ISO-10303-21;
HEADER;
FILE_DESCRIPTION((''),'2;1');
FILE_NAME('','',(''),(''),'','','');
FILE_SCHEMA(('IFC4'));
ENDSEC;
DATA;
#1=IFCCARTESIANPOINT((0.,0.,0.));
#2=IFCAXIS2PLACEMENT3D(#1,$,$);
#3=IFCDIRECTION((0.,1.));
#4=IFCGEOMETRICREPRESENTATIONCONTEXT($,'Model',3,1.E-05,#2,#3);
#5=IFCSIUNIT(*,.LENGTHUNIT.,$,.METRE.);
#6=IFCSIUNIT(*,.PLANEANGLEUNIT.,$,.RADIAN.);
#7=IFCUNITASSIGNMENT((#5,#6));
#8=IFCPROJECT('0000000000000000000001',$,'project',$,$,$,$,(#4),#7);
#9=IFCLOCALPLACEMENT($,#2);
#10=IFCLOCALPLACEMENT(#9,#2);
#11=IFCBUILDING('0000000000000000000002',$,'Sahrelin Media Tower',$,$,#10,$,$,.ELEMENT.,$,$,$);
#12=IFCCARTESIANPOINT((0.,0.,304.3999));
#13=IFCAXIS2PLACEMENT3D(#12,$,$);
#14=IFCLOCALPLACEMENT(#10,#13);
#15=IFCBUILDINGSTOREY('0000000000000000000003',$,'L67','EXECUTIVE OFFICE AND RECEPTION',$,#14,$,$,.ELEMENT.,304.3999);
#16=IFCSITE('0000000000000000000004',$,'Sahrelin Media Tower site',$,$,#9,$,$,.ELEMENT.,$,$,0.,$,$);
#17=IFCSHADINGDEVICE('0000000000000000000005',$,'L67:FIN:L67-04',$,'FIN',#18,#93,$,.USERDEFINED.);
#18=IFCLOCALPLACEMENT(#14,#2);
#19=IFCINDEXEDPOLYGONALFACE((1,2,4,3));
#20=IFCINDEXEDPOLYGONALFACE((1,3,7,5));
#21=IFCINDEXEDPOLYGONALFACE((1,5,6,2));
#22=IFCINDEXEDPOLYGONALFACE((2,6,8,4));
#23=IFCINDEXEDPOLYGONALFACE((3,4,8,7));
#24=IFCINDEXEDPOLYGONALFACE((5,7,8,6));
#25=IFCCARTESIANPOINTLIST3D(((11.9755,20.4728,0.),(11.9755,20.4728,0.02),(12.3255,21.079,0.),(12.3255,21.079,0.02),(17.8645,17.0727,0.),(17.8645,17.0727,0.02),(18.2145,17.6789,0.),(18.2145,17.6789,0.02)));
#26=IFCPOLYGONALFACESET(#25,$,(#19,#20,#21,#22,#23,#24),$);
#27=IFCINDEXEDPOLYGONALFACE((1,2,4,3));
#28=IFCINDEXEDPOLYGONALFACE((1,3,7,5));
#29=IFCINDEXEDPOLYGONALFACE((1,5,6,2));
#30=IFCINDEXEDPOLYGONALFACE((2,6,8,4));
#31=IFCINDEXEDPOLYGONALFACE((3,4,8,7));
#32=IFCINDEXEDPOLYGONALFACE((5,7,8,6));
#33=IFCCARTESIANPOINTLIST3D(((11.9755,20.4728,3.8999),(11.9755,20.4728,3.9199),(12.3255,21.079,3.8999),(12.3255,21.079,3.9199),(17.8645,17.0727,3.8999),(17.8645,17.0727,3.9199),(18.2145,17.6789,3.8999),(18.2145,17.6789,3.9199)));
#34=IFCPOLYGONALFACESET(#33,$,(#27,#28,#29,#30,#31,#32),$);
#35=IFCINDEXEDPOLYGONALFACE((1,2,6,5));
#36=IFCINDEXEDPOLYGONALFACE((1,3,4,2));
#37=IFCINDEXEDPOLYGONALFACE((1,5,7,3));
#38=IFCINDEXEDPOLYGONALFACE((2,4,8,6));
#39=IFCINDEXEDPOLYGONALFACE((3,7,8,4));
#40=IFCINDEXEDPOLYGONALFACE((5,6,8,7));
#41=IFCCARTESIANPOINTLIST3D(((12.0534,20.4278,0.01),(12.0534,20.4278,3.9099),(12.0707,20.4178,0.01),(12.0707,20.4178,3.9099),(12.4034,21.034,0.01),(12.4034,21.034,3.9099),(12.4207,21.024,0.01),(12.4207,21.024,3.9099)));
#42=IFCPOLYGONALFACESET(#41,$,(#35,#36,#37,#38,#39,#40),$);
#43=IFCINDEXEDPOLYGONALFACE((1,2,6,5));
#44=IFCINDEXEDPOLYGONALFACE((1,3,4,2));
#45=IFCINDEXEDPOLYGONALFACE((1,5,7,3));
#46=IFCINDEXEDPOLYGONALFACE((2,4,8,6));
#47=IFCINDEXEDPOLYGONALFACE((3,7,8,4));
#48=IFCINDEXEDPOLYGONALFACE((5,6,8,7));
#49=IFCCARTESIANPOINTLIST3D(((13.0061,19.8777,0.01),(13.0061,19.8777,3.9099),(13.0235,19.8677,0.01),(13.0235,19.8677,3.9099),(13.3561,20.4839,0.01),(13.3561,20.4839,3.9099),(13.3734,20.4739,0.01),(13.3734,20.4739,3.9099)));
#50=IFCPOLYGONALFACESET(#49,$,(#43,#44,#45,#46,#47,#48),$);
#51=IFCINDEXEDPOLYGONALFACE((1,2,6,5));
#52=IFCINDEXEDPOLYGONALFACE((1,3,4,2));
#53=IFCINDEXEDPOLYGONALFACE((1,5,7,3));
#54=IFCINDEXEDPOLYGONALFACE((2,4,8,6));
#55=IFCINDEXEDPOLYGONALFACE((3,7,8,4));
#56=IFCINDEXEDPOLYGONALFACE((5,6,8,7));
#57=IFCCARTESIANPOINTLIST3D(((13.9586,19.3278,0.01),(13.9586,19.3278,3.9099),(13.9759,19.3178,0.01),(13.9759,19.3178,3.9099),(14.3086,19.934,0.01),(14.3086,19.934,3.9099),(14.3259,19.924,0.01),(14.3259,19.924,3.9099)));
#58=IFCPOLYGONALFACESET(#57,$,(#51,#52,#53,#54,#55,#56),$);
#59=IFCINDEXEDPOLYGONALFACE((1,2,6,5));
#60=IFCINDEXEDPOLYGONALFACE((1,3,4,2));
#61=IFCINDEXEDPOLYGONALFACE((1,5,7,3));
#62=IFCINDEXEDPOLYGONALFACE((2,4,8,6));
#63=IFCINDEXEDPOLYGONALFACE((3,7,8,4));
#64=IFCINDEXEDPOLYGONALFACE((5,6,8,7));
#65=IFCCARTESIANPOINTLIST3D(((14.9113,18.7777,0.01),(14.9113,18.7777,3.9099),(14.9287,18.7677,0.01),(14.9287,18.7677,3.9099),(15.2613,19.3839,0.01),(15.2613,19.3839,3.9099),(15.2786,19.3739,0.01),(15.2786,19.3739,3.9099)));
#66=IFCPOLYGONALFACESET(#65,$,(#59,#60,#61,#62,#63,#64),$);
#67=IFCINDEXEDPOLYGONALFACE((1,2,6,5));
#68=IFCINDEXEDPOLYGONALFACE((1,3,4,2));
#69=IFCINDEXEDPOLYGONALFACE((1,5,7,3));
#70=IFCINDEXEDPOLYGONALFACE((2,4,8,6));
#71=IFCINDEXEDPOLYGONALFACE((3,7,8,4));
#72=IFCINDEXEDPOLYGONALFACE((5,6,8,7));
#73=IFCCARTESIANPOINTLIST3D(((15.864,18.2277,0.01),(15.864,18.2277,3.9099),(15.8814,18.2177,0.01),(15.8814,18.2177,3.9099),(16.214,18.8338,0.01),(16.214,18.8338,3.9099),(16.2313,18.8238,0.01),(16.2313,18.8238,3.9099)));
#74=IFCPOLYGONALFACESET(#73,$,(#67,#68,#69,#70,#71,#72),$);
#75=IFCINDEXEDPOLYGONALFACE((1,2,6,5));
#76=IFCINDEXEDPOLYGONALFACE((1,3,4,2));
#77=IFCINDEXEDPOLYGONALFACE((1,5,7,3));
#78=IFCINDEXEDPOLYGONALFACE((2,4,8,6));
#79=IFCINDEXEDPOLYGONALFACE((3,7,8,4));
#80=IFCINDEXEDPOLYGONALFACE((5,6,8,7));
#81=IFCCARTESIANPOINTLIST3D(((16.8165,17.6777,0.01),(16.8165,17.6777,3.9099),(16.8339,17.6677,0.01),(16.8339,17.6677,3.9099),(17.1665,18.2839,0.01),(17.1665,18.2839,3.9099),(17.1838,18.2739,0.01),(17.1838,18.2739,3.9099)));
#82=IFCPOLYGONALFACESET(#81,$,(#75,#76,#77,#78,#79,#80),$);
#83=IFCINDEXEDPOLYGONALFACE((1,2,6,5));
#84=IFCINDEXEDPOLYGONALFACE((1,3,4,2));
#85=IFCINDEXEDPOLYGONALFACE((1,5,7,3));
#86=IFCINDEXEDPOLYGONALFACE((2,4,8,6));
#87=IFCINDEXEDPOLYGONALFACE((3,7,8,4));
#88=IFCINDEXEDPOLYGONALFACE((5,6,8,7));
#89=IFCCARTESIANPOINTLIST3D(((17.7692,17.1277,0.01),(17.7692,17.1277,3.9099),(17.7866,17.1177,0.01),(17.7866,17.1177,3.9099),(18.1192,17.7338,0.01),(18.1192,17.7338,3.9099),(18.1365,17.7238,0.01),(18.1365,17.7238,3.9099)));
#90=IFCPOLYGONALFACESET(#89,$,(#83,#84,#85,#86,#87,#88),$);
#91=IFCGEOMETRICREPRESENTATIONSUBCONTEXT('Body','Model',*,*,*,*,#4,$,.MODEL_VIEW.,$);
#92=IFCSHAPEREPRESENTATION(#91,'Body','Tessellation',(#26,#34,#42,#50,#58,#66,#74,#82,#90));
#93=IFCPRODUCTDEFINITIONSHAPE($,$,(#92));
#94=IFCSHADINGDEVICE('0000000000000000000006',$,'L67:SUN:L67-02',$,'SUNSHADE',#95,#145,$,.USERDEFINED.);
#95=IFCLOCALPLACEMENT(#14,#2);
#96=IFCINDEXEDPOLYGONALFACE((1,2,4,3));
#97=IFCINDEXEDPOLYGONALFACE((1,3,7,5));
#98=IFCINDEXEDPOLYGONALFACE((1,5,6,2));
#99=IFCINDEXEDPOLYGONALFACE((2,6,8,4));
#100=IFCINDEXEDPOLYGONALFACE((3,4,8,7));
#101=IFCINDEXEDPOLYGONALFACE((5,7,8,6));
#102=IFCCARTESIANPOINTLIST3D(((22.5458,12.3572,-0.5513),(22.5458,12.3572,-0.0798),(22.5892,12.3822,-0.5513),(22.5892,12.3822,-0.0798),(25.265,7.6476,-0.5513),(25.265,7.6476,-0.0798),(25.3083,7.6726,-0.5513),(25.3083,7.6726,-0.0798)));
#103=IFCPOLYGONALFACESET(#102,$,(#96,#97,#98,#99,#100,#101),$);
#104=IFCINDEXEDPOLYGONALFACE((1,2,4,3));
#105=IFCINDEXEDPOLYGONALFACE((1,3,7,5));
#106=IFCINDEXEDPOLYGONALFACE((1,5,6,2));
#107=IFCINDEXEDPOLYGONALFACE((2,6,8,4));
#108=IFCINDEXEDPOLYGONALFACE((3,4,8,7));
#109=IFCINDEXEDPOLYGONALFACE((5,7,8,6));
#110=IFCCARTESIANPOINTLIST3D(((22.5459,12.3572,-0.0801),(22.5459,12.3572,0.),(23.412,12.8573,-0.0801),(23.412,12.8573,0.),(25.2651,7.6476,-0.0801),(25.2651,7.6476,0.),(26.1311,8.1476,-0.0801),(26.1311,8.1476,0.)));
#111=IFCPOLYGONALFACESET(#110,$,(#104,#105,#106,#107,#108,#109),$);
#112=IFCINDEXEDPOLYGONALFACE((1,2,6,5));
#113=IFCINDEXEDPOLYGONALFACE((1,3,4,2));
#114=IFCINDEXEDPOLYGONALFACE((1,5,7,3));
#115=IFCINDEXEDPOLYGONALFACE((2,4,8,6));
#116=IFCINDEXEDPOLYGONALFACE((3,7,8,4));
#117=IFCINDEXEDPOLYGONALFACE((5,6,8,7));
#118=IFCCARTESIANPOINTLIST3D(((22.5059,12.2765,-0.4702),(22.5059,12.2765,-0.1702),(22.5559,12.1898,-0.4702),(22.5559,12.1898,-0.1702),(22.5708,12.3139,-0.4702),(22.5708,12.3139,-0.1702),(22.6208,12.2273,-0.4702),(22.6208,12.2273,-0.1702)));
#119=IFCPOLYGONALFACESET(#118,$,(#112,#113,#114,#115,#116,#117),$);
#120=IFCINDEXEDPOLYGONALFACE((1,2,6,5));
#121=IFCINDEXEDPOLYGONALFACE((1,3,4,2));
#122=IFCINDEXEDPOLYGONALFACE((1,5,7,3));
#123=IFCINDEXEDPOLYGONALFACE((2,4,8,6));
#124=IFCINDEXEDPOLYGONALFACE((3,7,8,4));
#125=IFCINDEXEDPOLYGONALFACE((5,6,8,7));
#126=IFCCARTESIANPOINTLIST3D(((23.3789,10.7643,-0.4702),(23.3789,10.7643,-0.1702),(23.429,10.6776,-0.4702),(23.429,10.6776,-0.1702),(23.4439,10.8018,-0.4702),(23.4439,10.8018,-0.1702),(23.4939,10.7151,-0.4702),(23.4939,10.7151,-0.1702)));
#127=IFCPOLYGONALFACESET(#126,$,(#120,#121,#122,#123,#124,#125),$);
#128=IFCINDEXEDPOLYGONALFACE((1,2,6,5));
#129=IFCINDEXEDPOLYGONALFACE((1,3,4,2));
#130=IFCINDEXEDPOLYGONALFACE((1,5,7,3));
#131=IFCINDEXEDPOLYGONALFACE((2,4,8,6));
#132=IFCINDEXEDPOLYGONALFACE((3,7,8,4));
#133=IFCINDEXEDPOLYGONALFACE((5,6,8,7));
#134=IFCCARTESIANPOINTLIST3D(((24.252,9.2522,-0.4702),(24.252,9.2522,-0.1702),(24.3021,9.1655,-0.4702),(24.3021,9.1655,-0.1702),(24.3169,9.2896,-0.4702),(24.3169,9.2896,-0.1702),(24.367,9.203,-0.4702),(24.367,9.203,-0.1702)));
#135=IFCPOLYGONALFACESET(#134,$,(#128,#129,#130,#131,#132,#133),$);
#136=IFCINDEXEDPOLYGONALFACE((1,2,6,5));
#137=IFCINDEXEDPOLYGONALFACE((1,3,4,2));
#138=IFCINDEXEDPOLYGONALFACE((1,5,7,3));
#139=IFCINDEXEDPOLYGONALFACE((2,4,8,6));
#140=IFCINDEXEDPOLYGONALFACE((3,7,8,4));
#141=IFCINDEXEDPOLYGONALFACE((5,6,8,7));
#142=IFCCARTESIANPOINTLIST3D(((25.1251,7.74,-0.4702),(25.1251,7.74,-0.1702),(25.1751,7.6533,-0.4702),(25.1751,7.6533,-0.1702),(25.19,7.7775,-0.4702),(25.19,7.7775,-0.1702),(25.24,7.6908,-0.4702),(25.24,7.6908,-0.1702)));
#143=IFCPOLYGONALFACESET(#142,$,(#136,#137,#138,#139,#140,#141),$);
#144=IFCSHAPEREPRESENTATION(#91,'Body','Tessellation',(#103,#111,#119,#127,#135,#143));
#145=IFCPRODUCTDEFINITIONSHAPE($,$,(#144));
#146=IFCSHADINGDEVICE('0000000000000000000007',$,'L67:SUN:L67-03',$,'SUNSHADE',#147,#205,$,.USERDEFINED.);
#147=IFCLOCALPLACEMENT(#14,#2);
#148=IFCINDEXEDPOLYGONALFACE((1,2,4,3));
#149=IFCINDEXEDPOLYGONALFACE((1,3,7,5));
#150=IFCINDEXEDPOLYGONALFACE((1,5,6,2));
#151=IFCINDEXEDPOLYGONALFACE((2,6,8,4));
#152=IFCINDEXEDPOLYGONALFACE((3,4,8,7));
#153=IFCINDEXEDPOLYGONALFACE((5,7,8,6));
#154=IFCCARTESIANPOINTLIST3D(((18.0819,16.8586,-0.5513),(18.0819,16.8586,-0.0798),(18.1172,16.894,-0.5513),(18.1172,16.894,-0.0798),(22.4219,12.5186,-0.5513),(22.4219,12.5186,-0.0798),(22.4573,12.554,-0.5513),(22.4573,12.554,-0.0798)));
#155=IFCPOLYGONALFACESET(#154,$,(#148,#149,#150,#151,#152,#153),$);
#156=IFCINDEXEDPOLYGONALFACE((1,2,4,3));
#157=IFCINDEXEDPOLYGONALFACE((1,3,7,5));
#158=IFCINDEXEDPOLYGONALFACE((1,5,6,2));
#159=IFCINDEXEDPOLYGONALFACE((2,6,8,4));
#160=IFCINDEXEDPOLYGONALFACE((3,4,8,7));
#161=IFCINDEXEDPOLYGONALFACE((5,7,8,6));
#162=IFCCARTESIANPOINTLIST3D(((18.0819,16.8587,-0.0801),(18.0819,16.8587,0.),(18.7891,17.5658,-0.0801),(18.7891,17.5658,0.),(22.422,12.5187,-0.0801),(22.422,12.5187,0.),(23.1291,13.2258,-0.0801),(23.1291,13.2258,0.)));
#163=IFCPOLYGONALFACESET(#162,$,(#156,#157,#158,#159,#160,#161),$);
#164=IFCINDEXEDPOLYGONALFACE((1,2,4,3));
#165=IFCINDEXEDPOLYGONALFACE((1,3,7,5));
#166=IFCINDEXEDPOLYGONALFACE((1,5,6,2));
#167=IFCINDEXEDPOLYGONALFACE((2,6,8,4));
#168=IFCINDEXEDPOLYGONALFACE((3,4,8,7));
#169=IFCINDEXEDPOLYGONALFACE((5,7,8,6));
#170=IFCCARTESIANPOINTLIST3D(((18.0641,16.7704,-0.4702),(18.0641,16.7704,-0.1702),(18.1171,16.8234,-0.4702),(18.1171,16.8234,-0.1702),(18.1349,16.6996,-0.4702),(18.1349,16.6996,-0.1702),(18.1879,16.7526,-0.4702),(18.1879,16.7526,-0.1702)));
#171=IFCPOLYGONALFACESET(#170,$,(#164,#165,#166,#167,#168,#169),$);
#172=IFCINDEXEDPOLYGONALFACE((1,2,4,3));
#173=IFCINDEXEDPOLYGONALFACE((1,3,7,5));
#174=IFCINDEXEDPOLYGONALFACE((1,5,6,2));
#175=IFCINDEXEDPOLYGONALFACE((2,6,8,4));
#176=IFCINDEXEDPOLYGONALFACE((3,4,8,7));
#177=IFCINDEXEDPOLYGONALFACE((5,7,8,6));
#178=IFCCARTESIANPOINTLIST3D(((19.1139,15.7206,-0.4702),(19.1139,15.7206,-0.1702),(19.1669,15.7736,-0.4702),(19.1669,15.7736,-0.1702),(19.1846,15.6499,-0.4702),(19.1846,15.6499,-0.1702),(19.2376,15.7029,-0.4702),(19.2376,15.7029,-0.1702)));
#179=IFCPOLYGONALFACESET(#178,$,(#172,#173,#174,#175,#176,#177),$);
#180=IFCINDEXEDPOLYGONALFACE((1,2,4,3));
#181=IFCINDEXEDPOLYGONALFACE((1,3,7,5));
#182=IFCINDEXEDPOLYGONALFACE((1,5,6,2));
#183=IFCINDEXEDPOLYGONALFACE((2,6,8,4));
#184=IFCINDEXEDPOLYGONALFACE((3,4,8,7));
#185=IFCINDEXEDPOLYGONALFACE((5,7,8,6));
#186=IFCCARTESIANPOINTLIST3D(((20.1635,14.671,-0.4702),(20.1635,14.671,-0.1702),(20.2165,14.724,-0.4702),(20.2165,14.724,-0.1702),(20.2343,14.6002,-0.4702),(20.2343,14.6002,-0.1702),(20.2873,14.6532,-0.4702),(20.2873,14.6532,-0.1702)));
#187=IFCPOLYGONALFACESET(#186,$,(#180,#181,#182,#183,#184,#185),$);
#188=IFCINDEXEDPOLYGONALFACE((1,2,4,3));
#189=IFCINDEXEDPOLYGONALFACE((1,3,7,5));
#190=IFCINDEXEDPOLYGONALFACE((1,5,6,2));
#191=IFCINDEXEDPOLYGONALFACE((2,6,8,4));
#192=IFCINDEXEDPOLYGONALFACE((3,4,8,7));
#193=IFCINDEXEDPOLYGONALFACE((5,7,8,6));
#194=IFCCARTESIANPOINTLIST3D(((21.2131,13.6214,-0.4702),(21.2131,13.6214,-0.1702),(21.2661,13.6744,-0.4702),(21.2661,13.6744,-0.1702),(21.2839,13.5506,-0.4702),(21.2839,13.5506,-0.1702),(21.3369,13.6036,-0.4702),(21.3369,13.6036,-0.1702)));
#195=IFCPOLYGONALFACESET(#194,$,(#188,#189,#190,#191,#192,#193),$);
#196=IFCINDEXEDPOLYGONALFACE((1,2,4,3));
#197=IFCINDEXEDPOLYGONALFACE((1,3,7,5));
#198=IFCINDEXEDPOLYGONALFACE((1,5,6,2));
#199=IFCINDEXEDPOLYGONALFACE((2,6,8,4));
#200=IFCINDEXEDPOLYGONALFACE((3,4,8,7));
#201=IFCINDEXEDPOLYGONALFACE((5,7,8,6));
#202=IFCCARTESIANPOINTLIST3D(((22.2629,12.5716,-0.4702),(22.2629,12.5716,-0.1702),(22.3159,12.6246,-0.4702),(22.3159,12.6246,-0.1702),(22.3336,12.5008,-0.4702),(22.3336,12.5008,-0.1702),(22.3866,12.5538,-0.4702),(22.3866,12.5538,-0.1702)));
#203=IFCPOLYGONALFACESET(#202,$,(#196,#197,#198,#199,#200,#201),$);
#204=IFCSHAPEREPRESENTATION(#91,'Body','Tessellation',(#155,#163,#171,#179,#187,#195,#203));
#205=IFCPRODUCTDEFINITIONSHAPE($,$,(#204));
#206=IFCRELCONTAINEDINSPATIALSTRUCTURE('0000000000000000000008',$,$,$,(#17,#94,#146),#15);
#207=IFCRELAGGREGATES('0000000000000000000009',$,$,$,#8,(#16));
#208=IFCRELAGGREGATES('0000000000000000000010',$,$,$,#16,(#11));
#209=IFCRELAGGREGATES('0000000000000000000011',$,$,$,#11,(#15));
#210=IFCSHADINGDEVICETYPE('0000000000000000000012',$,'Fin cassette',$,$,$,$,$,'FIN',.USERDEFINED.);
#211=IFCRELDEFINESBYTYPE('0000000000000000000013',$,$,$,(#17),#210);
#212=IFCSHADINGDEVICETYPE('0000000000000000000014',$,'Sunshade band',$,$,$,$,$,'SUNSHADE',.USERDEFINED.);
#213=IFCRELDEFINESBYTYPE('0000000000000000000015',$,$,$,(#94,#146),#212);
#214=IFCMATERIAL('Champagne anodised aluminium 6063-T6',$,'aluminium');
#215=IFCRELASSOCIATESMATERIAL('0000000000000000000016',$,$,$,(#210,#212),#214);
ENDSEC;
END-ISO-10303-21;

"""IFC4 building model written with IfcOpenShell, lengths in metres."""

from ifc_helpers import new_model, si_unit, direction, frame, origin, origin_2d, place, context, subcontext, project, spatial, rectangle, extrude, material, type_object, element, save


model = new_model("IFC4")

# Units and contexts
model_context = context("Model", 3, precision=1e-05, world=origin(), true_north=direction((0.0, 1.0)))
body_context = subcontext(model_context, "Body", "Model", "MODEL_VIEW")
ifc_project = project(units=[si_unit("LENGTHUNIT", "METRE"), si_unit("PLANEANGLEUNIT", "RADIAN")], contexts=[model_context])

# Site, building, storey
site_placement = place(None, origin())
site = spatial("IfcSite", under=ifc_project, at=site_placement, Name="Sahrelin Media Tower site", CompositionType="ELEMENT", RefElevation=0.0)
building_placement = place(site_placement, origin())
building = spatial("IfcBuilding", under=site, at=building_placement, Name="Sahrelin Media Tower", CompositionType="ELEMENT")
storey_placement = place(building_placement, frame((0.0, 0.0, 304.3999)))
storey = spatial("IfcBuildingStorey", under=building, at=storey_placement, Name="L67", Description="EXECUTIVE OFFICE AND RECEPTION", CompositionType="ELEMENT", Elevation=304.3999)

# Shared definitions
ifc_material_1 = material(Name="Champagne anodised aluminium 6063-T6", Category="aluminium")

# Shading devices
shading_device_type_1 = type_object("IfcShadingDeviceType", Name="Fin cassette", ElementType="FIN", PredefinedType="USERDEFINED", material=ifc_material_1)
placement_1 = place(storey_placement, frame((23.8882, 9.9924, 0.0), z_axis=(0.0, 0.0, 1.0), x_axis=(0.500011, -0.866019, 0.0)))
placement_2 = place(storey_placement, frame((20.2378, 14.6746, 0.0), z_axis=(0.0, 0.0, 1.0), x_axis=(0.707107, -0.707107, 0.0)))
placement_3 = place(storey_placement, frame((14.885, 18.7122, 0.0), z_axis=(0.0, 0.0, 1.0), x_axis=(0.866019, -0.500011, 0.0)))
element("IfcShadingDevice", 1, at=placement_3, inside=storey, type_object=shading_device_type_1, Name="L67:FIN:L67-04", ObjectType="FIN", PredefinedType="USERDEFINED", context=body_context, shape_type="SweptSolid", body=[
    extrude(rectangle(XDim=6.8, YDim=0.7, at=origin_2d()), frame((0.0, 0.4199, 0.0)), (0.0, 0.0, 1.0), 0.02),
    extrude(rectangle(XDim=6.8, YDim=0.7, at=origin_2d()), frame((0.0, 0.4199, 3.8999)), (0.0, 0.0, 1.0), 0.02),
    extrude(rectangle(XDim=0.02, YDim=0.7, at=origin_2d()), frame((-3.3, 0.4199, 0.01), z_axis=(0.0, 0.0, 1.0), x_axis=(1.0, 0.0, 0.0)), (0.0, 0.0, 1.0), 3.8999),
    extrude(rectangle(XDim=0.02, YDim=0.7, at=origin_2d()), frame((-2.2, 0.4199, 0.01), z_axis=(0.0, 0.0, 1.0), x_axis=(1.0, 0.0, 0.0)), (0.0, 0.0, 1.0), 3.8999),
    extrude(rectangle(XDim=0.02, YDim=0.7, at=origin_2d()), frame((-1.1001, 0.4199, 0.01), z_axis=(0.0, 0.0, 1.0), x_axis=(1.0, 0.0, 0.0)), (0.0, 0.0, 1.0), 3.8999),
    extrude(rectangle(XDim=0.02, YDim=0.7, at=origin_2d()), frame((0.0, 0.4199, 0.01), z_axis=(0.0, 0.0, 1.0), x_axis=(1.0, 0.0, 0.0)), (0.0, 0.0, 1.0), 3.8999),
    extrude(rectangle(XDim=0.02, YDim=0.7, at=origin_2d()), frame((1.1001, 0.4199, 0.01), z_axis=(0.0, 0.0, 1.0), x_axis=(1.0, 0.0, 0.0)), (0.0, 0.0, 1.0), 3.8999),
    extrude(rectangle(XDim=0.02, YDim=0.7, at=origin_2d()), frame((2.2, 0.4199, 0.01), z_axis=(0.0, 0.0, 1.0), x_axis=(1.0, 0.0, 0.0)), (0.0, 0.0, 1.0), 3.8999),
    extrude(rectangle(XDim=0.02, YDim=0.7, at=origin_2d()), frame((3.3, 0.4199, 0.01), z_axis=(0.0, 0.0, 1.0), x_axis=(1.0, 0.0, 0.0)), (0.0, 0.0, 1.0), 3.8999),
])
shading_device_type_2 = type_object("IfcShadingDeviceType", Name="Sunshade band", ElementType="SUNSHADE", PredefinedType="USERDEFINED", material=ifc_material_1)
element("IfcShadingDevice", 2, at=placement_1, inside=storey, type_object=shading_device_type_2, Name="L67:SUN:L67-02", ObjectType="SUNSHADE", PredefinedType="USERDEFINED", context=body_context, shape_type="SweptSolid", body=[
    extrude(rectangle(XDim=5.4382, YDim=0.05, at=origin_2d()), frame((0.0, 0.0449, -0.5513)), (0.0, 0.0, 1.0), 0.4714),
    extrude(rectangle(XDim=5.4382, YDim=1.0, at=origin_2d()), frame((0.0, 0.52, -0.0801)), (0.0, 0.0, 1.0), 0.0801),
    extrude(rectangle(XDim=0.1001, YDim=0.075, at=origin_2d()), frame((-2.6191, -0.0176, -0.4702)), (0.0, 0.0, 1.0), 0.3),
    extrude(rectangle(XDim=0.1001, YDim=0.075, at=origin_2d()), frame((-0.873, -0.0176, -0.4702)), (0.0, 0.0, 1.0), 0.3),
    extrude(rectangle(XDim=0.1001, YDim=0.075, at=origin_2d()), frame((0.873, -0.0176, -0.4702)), (0.0, 0.0, 1.0), 0.3),
    extrude(rectangle(XDim=0.1001, YDim=0.075, at=origin_2d()), frame((2.6191, -0.0176, -0.4702)), (0.0, 0.0, 1.0), 0.3),
])
element("IfcShadingDevice", 3, at=placement_2, inside=storey, type_object=shading_device_type_2, Name="L67:SUN:L67-03", ObjectType="SUNSHADE", PredefinedType="USERDEFINED", context=body_context, shape_type="SweptSolid", body=[
    extrude(rectangle(XDim=6.1377, YDim=0.05, at=origin_2d()), frame((0.0, 0.0449, -0.5513)), (0.0, 0.0, 1.0), 0.4714),
    extrude(rectangle(XDim=6.1377, YDim=1.0, at=origin_2d()), frame((0.0, 0.52, -0.0801)), (0.0, 0.0, 1.0), 0.0801),
    extrude(rectangle(XDim=0.1001, YDim=0.075, at=origin_2d()), frame((-2.969, -0.0176, -0.4702)), (0.0, 0.0, 1.0), 0.3),
    extrude(rectangle(XDim=0.1001, YDim=0.075, at=origin_2d()), frame((-1.4844, -0.0176, -0.4702)), (0.0, 0.0, 1.0), 0.3),
    extrude(rectangle(XDim=0.1001, YDim=0.075, at=origin_2d()), frame((0.0, -0.0176, -0.4702)), (0.0, 0.0, 1.0), 0.3),
    extrude(rectangle(XDim=0.1001, YDim=0.075, at=origin_2d()), frame((1.4844, -0.0176, -0.4702)), (0.0, 0.0, 1.0), 0.3),
    extrude(rectangle(XDim=0.1001, YDim=0.075, at=origin_2d()), frame((2.969, -0.0176, -0.4702)), (0.0, 0.0, 1.0), 0.3),
])

save(model, "model.ifc")
